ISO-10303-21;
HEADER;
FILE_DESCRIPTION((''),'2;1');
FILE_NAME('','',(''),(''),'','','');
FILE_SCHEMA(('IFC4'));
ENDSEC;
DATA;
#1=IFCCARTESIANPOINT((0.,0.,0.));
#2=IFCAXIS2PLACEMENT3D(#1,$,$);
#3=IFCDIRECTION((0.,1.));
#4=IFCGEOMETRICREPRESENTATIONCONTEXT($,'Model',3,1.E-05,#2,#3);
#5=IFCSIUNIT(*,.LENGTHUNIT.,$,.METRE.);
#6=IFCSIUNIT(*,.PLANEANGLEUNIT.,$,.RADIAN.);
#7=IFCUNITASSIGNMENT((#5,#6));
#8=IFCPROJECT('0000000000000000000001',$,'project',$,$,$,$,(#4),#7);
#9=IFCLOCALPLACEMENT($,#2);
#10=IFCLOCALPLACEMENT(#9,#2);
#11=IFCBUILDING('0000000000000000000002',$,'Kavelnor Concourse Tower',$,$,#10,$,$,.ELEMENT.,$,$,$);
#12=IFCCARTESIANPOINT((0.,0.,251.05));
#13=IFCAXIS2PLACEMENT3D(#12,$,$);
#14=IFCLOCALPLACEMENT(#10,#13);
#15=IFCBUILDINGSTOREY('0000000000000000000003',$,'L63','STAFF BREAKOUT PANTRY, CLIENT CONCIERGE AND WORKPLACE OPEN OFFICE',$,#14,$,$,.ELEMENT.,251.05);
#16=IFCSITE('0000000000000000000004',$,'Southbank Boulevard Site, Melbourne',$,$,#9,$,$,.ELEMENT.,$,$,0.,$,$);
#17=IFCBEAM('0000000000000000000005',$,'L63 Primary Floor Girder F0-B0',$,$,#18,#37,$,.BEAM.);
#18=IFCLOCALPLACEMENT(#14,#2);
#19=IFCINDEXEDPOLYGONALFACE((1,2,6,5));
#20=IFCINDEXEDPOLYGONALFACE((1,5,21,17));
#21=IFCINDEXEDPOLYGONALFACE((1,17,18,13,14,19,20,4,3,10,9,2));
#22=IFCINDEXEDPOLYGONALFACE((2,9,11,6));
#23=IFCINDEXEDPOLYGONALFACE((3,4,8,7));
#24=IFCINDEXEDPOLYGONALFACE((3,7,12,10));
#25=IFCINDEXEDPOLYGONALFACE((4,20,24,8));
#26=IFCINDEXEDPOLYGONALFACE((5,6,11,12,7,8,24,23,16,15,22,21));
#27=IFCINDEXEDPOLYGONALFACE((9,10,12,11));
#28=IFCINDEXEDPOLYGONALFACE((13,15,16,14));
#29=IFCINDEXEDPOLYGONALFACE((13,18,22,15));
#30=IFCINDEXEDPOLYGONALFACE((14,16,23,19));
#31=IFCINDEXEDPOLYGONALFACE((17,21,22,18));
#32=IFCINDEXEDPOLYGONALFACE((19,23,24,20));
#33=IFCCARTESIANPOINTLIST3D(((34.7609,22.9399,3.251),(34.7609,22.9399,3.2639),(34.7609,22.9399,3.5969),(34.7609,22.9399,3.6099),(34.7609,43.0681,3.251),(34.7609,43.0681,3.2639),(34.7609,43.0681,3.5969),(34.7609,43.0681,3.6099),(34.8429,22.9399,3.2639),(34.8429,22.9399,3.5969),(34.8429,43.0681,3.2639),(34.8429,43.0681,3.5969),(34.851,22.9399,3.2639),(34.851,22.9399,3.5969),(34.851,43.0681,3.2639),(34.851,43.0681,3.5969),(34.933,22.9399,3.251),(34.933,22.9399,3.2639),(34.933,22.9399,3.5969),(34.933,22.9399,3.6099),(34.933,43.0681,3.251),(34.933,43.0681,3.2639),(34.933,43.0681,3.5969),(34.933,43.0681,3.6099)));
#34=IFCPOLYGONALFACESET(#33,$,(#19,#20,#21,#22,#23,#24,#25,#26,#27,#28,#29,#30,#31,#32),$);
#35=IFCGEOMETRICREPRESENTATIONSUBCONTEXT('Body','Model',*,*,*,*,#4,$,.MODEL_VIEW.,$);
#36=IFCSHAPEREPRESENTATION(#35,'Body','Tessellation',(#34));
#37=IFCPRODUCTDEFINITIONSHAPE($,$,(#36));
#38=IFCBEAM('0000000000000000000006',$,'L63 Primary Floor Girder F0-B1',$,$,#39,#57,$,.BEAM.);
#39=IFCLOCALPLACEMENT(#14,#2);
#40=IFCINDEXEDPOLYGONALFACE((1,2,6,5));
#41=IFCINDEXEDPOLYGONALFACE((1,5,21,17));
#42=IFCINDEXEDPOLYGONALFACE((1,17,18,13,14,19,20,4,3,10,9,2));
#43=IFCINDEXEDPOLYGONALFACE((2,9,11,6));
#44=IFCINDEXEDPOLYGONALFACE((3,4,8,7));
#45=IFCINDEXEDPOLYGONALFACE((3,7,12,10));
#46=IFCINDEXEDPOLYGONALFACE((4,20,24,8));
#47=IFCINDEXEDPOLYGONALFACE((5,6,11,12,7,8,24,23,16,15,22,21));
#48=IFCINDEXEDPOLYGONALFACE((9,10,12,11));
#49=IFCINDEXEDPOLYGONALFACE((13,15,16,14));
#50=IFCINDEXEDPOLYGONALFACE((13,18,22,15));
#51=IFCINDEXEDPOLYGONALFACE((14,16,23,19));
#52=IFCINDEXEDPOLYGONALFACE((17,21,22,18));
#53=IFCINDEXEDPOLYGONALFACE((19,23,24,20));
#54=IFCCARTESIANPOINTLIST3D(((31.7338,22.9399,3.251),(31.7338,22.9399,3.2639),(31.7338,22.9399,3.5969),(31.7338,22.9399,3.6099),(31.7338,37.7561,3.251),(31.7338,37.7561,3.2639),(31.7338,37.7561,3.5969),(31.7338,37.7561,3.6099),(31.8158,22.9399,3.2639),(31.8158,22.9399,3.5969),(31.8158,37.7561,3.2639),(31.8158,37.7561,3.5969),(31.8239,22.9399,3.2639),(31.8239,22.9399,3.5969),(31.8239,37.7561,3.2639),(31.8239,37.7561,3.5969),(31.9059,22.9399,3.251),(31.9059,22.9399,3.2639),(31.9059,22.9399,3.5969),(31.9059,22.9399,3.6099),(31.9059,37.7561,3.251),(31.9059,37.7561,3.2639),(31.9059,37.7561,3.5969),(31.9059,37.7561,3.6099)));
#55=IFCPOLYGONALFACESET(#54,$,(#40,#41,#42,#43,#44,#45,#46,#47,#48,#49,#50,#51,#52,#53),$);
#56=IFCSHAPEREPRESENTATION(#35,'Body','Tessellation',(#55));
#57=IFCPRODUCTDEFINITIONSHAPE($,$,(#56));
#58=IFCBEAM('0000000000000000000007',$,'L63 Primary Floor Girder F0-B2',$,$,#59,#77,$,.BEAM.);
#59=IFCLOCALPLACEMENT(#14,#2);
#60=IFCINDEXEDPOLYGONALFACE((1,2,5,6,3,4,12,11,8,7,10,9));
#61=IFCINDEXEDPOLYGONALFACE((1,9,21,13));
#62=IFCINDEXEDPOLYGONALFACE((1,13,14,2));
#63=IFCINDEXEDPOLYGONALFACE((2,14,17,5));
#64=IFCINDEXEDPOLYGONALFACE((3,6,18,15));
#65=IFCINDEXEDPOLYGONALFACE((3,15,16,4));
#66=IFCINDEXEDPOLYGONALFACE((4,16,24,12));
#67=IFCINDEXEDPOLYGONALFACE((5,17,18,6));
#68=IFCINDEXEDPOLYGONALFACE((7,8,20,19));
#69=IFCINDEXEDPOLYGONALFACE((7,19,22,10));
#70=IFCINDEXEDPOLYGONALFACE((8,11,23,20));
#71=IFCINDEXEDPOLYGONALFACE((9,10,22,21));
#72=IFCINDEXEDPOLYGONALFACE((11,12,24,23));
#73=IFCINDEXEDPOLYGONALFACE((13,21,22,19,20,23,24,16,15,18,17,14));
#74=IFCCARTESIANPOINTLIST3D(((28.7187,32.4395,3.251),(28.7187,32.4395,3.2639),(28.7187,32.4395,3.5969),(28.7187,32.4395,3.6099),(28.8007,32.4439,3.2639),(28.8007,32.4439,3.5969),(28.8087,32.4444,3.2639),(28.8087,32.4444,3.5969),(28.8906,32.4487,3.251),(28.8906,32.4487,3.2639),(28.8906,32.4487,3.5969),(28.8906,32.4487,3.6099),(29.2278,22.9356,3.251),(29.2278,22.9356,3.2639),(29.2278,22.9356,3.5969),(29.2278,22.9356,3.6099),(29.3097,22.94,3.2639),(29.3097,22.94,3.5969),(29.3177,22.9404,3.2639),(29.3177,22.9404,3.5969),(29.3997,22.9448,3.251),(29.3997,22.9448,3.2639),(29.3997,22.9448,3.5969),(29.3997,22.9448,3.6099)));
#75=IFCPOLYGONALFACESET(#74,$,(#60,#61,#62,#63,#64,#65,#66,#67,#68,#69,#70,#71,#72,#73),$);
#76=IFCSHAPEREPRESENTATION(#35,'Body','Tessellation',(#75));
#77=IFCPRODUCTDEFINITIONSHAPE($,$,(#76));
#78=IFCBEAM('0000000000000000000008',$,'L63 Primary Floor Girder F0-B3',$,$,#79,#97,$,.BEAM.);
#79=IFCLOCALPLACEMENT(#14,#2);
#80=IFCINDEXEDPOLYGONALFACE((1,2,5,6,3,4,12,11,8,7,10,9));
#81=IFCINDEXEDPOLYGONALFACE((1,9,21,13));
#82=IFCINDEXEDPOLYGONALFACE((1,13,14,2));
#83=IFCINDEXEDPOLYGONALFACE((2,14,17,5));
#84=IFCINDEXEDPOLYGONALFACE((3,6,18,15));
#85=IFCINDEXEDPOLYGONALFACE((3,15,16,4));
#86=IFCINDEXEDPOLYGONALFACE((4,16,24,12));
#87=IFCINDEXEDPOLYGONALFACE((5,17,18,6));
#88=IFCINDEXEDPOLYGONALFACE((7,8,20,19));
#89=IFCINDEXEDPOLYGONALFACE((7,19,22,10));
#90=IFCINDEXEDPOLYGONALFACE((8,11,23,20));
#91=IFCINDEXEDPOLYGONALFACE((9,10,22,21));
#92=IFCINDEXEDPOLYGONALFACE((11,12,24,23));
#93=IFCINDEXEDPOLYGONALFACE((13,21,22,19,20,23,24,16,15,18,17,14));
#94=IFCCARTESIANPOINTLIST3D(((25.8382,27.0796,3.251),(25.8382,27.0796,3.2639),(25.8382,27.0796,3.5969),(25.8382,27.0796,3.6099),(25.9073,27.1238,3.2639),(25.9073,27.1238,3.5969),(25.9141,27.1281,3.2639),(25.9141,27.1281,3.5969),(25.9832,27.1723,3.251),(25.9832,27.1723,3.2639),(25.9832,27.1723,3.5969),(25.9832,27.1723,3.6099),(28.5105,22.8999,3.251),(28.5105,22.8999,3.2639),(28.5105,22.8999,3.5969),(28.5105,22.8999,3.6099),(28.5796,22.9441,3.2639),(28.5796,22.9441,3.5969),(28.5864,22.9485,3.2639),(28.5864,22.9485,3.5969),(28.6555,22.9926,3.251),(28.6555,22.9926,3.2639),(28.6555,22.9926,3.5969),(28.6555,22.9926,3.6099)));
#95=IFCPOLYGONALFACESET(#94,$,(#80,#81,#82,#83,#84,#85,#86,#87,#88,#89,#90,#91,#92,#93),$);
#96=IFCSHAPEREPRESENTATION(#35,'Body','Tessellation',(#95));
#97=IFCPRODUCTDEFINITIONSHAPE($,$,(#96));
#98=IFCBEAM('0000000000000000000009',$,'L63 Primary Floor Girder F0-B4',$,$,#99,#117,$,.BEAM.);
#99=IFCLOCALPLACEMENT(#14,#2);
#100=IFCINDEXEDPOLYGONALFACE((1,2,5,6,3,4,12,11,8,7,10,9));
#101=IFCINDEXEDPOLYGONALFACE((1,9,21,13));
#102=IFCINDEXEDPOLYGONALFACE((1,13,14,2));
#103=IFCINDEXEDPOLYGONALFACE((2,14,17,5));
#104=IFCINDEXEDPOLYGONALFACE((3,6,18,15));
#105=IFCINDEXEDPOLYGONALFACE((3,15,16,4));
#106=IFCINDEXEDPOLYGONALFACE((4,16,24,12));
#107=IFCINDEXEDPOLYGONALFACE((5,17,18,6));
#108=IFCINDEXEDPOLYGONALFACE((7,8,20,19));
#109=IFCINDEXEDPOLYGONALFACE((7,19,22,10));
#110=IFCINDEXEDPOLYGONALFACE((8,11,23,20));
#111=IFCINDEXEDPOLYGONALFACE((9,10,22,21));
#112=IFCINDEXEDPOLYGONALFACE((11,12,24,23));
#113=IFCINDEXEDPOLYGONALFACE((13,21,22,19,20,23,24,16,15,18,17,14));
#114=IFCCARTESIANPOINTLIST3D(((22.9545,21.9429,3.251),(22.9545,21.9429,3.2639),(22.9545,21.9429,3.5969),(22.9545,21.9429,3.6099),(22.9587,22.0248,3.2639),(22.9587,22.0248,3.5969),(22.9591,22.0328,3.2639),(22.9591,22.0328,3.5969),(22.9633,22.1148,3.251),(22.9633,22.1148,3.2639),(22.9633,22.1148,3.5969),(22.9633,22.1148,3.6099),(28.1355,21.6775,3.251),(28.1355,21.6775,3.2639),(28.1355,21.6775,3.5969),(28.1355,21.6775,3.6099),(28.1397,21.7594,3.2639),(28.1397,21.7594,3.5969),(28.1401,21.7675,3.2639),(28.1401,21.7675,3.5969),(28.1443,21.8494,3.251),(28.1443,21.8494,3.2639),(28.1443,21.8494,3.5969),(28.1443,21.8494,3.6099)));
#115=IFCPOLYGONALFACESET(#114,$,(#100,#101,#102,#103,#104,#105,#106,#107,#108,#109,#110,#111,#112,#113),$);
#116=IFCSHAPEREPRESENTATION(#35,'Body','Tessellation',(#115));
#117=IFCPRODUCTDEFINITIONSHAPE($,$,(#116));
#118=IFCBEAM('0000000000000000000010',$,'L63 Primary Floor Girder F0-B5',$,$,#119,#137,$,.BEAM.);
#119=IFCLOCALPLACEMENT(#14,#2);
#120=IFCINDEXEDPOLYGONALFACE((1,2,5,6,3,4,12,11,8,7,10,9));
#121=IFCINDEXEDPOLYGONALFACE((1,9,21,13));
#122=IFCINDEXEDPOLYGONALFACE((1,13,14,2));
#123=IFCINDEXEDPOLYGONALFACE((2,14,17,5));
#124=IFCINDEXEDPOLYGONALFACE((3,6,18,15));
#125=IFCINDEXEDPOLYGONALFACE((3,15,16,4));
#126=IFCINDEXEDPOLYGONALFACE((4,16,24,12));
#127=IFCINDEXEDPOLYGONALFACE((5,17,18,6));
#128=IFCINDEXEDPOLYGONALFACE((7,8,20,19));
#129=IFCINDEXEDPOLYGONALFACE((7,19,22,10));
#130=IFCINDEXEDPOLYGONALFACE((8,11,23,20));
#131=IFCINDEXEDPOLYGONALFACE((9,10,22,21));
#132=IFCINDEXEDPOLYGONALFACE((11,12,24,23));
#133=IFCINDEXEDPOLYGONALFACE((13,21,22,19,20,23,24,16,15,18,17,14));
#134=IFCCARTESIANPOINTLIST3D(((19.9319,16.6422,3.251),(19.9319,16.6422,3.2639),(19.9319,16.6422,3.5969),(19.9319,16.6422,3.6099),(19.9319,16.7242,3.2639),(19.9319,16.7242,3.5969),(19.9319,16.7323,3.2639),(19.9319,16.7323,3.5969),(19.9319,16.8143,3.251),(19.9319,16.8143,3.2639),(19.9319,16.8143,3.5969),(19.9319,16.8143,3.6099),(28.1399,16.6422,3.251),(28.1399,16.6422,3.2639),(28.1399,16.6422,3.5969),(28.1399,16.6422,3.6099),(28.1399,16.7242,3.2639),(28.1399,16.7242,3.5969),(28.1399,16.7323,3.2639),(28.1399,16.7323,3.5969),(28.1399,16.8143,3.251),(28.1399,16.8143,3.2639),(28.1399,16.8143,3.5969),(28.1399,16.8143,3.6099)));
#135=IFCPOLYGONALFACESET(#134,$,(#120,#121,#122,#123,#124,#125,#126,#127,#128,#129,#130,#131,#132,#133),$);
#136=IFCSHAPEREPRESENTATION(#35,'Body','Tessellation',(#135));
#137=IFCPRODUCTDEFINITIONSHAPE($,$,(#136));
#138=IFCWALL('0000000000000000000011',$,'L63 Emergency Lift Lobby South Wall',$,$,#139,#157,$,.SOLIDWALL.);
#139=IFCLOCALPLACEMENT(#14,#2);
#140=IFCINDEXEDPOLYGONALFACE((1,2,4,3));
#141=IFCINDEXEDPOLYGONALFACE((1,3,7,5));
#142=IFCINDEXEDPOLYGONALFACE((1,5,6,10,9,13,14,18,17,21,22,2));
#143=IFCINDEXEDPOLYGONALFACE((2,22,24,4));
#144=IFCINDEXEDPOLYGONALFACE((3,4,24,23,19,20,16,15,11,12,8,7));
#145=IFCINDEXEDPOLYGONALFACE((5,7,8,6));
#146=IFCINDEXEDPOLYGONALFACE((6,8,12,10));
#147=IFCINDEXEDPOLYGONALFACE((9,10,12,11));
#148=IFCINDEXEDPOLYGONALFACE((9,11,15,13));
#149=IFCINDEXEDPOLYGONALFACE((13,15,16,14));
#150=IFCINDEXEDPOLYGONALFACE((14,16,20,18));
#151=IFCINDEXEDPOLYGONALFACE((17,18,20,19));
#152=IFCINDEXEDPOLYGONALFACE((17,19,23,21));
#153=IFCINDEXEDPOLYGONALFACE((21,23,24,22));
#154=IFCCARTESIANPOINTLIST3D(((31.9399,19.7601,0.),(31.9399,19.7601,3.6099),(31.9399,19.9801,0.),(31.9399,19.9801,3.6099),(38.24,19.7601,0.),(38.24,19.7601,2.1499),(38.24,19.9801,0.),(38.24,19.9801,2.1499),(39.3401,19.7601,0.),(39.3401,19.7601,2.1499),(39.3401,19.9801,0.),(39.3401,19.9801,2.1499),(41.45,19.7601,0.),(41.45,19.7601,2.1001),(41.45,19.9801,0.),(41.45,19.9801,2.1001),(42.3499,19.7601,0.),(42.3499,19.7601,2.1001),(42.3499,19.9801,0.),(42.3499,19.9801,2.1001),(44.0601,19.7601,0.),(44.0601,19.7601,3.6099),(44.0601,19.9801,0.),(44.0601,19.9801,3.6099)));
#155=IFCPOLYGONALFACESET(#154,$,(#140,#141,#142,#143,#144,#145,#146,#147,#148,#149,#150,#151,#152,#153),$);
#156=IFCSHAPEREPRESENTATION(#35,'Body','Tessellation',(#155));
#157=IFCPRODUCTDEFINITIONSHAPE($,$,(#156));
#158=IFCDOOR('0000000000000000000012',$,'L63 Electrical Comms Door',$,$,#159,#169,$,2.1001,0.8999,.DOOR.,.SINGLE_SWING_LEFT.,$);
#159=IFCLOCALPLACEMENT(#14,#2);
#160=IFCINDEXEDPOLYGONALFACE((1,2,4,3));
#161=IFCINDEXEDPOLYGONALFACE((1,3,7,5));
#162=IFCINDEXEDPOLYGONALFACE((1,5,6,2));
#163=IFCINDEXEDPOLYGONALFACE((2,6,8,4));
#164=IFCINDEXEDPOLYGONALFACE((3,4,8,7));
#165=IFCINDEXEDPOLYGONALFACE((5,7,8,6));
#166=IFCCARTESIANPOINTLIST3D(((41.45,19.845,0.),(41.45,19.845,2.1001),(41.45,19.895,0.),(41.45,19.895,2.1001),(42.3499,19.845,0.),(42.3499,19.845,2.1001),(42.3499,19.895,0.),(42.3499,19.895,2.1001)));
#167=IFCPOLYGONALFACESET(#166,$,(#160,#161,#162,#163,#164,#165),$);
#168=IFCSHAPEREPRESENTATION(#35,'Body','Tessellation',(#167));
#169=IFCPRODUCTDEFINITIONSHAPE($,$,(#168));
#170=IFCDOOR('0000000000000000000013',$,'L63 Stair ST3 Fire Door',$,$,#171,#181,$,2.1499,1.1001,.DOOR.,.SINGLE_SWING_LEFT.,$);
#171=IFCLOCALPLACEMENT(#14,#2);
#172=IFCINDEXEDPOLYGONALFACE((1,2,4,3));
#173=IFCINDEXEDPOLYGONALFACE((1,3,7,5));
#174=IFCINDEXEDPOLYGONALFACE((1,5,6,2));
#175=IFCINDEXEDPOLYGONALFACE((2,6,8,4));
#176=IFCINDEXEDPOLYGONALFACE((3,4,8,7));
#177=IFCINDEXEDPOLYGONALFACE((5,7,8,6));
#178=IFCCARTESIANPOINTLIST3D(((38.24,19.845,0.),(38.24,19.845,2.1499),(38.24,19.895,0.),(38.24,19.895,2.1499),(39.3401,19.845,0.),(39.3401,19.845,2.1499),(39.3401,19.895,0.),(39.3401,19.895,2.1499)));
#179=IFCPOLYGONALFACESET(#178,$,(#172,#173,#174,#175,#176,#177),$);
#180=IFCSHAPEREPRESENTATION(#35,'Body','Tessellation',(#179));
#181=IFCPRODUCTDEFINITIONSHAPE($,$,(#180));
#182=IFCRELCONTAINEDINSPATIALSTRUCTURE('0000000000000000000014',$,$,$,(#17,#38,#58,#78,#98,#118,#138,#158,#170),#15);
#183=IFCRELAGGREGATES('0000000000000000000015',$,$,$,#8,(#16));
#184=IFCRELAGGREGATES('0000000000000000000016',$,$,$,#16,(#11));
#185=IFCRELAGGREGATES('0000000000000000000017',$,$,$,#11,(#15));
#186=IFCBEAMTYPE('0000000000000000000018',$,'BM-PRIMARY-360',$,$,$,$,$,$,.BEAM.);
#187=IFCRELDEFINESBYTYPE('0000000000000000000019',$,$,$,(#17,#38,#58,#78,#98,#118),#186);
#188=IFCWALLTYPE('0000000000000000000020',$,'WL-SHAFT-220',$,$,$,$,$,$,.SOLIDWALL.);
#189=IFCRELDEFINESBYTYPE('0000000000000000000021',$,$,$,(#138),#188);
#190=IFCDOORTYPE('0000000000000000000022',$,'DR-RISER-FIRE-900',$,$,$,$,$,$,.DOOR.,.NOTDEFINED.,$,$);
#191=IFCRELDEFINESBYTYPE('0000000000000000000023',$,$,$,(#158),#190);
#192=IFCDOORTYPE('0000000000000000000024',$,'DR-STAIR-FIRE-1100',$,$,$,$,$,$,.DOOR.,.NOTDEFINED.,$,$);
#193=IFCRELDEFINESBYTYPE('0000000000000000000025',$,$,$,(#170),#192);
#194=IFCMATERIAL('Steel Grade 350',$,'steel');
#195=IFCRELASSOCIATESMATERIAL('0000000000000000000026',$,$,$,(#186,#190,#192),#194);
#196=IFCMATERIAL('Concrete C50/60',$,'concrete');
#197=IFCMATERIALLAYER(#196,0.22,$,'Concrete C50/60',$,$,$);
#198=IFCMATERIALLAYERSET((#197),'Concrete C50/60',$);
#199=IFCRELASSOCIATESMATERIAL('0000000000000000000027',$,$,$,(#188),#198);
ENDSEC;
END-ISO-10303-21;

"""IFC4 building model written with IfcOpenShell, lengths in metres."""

from ifc_helpers import new_model, si_unit, direction, frame, frame_2d, origin, origin_2d, place, context, subcontext, project, spatial, rectangle, i_section, extrude, material, layer, layer_set, material_profile, profile_set, type_object, element, fill, save


model = new_model("IFC4")

# Units and contexts
model_context = context("Model", 3, precision=1e-05, world=origin(), true_north=direction((0.0, 1.0)))
body_context = subcontext(model_context, "Body", "Model", "MODEL_VIEW")
ifc_project = project(units=[si_unit("LENGTHUNIT", "METRE"), si_unit("PLANEANGLEUNIT", "RADIAN")], contexts=[model_context])

# Site, building, storey
site_placement = place(None, origin())
site = spatial("IfcSite", under=ifc_project, at=site_placement, Name="Southbank Boulevard Site, Melbourne", CompositionType="ELEMENT", RefElevation=0.0)
building_placement = place(site_placement, origin())
building = spatial("IfcBuilding", under=site, at=building_placement, Name="Kavelnor Concourse Tower", CompositionType="ELEMENT")
storey_placement = place(building_placement, frame((0.0, 0.0, 251.05)))
storey = spatial("IfcBuildingStorey", under=building, at=storey_placement, Name="L63", Description="STAFF BREAKOUT PANTRY, CLIENT CONCIERGE AND WORKPLACE OPEN OFFICE", CompositionType="ELEMENT", Elevation=251.05)

# Beams
ifc_material_1 = material(Name="Steel Grade 350", Category="steel")
ifc_material_profile = material_profile(ifc_material_1, i_section(OverallWidth=0.1721, OverallDepth=0.3589, WebThickness=0.0081, FlangeThickness=0.0129, at=origin_2d()), Name="360UB56")
ifc_profile_set = profile_set([ifc_material_profile], Name="Steel Grade 350")
beam_type = type_object("IfcBeamType", Name="BM-PRIMARY-360", PredefinedType="BEAM", material=ifc_profile_set)
beam_1_placement = place(storey_placement, frame((34.8469, 22.9399, 3.4304), z_axis=(0.0, 1.0, 0.0), x_axis=(-1.0, 0.0, 0.0)))
element("IfcBeam", 1, at=beam_1_placement, inside=storey, type_object=beam_type, Name="L63 Primary Floor Girder F0-B0", PredefinedType="BEAM", context=body_context, shape_type="SweptSolid", body=[
    extrude(i_section(OverallWidth=0.1721, OverallDepth=0.3589, WebThickness=0.0081, FlangeThickness=0.0129, at=origin_2d()), origin(), (0.0, 0.0, 1.0), 20.1282),
])
beam_2_placement = place(storey_placement, frame((31.8198, 22.9399, 3.4304), z_axis=(0.0, 1.0, 0.0), x_axis=(-1.0, 0.0, 0.0)))
element("IfcBeam", 2, at=beam_2_placement, inside=storey, type_object=beam_type, Name="L63 Primary Floor Girder F0-B1", PredefinedType="BEAM", context=body_context, shape_type="SweptSolid", body=[
    extrude(i_section(OverallWidth=0.1721, OverallDepth=0.3589, WebThickness=0.0081, FlangeThickness=0.0129, at=origin_2d()), origin(), (0.0, 0.0, 1.0), 14.8162),
])
beam_3_placement = place(storey_placement, frame((29.3137, 22.9402, 3.4304), z_axis=(-0.053484, 0.998569, 0.0), x_axis=(-0.998569, -0.053484, 0.0)))
element("IfcBeam", 3, at=beam_3_placement, inside=storey, type_object=beam_type, Name="L63 Primary Floor Girder F0-B2", PredefinedType="BEAM", context=body_context, shape_type="SweptSolid", body=[
    extrude(i_section(OverallWidth=0.1721, OverallDepth=0.3589, WebThickness=0.0081, FlangeThickness=0.0129, at=origin_2d()), origin(), (0.0, 0.0, 1.0), 9.5176),
])
beam_4_placement = place(storey_placement, frame((28.583, 22.9463, 3.4304), z_axis=(-0.538677, 0.842513, 0.0), x_axis=(-0.842513, -0.538677, 0.0)))
element("IfcBeam", 4, at=beam_4_placement, inside=storey, type_object=beam_type, Name="L63 Primary Floor Girder F0-B3", PredefinedType="BEAM", context=body_context, shape_type="SweptSolid", body=[
    extrude(i_section(OverallWidth=0.1721, OverallDepth=0.3589, WebThickness=0.0081, FlangeThickness=0.0129, at=origin_2d()), origin(), (0.0, 0.0, 1.0), 4.9609),
])
beam_5_placement = place(storey_placement, frame((28.1399, 21.7634, 3.4304), z_axis=(-0.998691, 0.051156, 0.0), x_axis=(-0.051156, -0.998691, 0.0)))
element("IfcBeam", 5, at=beam_5_placement, inside=storey, type_object=beam_type, Name="L63 Primary Floor Girder F0-B4", PredefinedType="BEAM", context=body_context, shape_type="SweptSolid", body=[
    extrude(i_section(OverallWidth=0.1721, OverallDepth=0.3589, WebThickness=0.0081, FlangeThickness=0.0129, at=origin_2d()), origin(), (0.0, 0.0, 1.0), 5.1877),
])
beam_6_placement = place(storey_placement, frame((28.1399, 16.7283, 3.4304), z_axis=(-1.0, 0.0, 0.0), x_axis=(0.0, -1.0, 0.0)))
element("IfcBeam", 6, at=beam_6_placement, inside=storey, type_object=beam_type, Name="L63 Primary Floor Girder F0-B5", PredefinedType="BEAM", context=body_context, shape_type="SweptSolid", body=[
    extrude(i_section(OverallWidth=0.1721, OverallDepth=0.3589, WebThickness=0.0081, FlangeThickness=0.0129, at=origin_2d()), origin(), (0.0, 0.0, 1.0), 8.208),
])

# Wall, openings, doors
ifc_material_2 = material(Name="Concrete C50/60", Category="concrete")
ifc_layer_1 = layer(ifc_material_2, 0.22, Name="Concrete C50/60")
ifc_layer_set_1 = layer_set([ifc_layer_1], Name="Concrete C50/60")
wall_type_1 = type_object("IfcWallType", Name="WL-SHAFT-220", PredefinedType="SOLIDWALL", material=ifc_layer_set_1)
wall_1_placement = place(storey_placement, frame((31.9399, 19.8701, 0.0), z_axis=(0.0, 0.0, 1.0), x_axis=(1.0, 0.0, 0.0)))
wall_1 = element("IfcWall", 7, at=wall_1_placement, inside=storey, type_object=wall_type_1, Name="L63 Emergency Lift Lobby South Wall", PredefinedType="SOLIDWALL", context=body_context, shape_type="SweptSolid", body=[
    extrude(rectangle(XDim=12.1201, YDim=0.22, at=frame_2d((6.0601, 0.0))), origin(), (0.0, 0.0, 1.0), 3.6099),
])
opening_1_placement = place(wall_1_placement, frame((6.3, 0.0, 0.0)))
opening_1 = element("IfcOpeningElement", 8, at=opening_1_placement, cuts=wall_1, PredefinedType="OPENING", context=body_context, shape_type="SweptSolid", body=[
    extrude(rectangle(XDim=1.1001, YDim=2.1499, at=frame_2d((0.55, 1.075))), frame((0.0, 0.1201, 0.0), z_axis=(0.0, -1.0, 0.0), x_axis=(1.0, 0.0, 0.0)), (0.0, 0.0, 1.0), 0.24),
])
opening_2_placement = place(wall_1_placement, frame((9.51, 0.0, 0.0)))
opening_2 = element("IfcOpeningElement", 9, at=opening_2_placement, cuts=wall_1, PredefinedType="OPENING", context=body_context, shape_type="SweptSolid", body=[
    extrude(rectangle(XDim=0.8999, YDim=2.1001, at=frame_2d((0.45, 1.05))), frame((0.0, 0.1201, 0.0), z_axis=(0.0, -1.0, 0.0), x_axis=(1.0, 0.0, 0.0)), (0.0, 0.0, 1.0), 0.24),
])
door_type_1 = type_object("IfcDoorType", Name="DR-RISER-FIRE-900", OperationType="NOTDEFINED", PredefinedType="DOOR", material=ifc_material_1)
door_1_placement = place(opening_2_placement, origin())
door_1 = element("IfcDoor", 10, at=door_1_placement, inside=storey, type_object=door_type_1, Name="L63 Electrical Comms Door", OperationType="SINGLE_SWING_LEFT", OverallHeight=2.1001, OverallWidth=0.8999, PredefinedType="DOOR", context=body_context, shape_type="SweptSolid", body=[
    extrude(rectangle(XDim=0.8999, YDim=2.1001, at=frame_2d((0.45, 1.05))), frame((0.0, 0.0249, 0.0), z_axis=(0.0, -1.0, 0.0), x_axis=(1.0, 0.0, 0.0)), (0.0, 0.0, 1.0), 0.05),
])
fill(opening_2, door_1)
door_type_2 = type_object("IfcDoorType", Name="DR-STAIR-FIRE-1100", OperationType="NOTDEFINED", PredefinedType="DOOR", material=ifc_material_1)
door_2_placement = place(opening_1_placement, origin())
door_2 = element("IfcDoor", 11, at=door_2_placement, inside=storey, type_object=door_type_2, Name="L63 Stair ST3 Fire Door", OperationType="SINGLE_SWING_LEFT", OverallHeight=2.1499, OverallWidth=1.1001, PredefinedType="DOOR", context=body_context, shape_type="SweptSolid", body=[
    extrude(rectangle(XDim=1.1001, YDim=2.1499, at=frame_2d((0.55, 1.075))), frame((0.0, 0.0249, 0.0), z_axis=(0.0, -1.0, 0.0), x_axis=(1.0, 0.0, 0.0)), (0.0, 0.0, 1.0), 0.05),
])
fill(opening_1, door_2)

save(model, "model.ifc")
